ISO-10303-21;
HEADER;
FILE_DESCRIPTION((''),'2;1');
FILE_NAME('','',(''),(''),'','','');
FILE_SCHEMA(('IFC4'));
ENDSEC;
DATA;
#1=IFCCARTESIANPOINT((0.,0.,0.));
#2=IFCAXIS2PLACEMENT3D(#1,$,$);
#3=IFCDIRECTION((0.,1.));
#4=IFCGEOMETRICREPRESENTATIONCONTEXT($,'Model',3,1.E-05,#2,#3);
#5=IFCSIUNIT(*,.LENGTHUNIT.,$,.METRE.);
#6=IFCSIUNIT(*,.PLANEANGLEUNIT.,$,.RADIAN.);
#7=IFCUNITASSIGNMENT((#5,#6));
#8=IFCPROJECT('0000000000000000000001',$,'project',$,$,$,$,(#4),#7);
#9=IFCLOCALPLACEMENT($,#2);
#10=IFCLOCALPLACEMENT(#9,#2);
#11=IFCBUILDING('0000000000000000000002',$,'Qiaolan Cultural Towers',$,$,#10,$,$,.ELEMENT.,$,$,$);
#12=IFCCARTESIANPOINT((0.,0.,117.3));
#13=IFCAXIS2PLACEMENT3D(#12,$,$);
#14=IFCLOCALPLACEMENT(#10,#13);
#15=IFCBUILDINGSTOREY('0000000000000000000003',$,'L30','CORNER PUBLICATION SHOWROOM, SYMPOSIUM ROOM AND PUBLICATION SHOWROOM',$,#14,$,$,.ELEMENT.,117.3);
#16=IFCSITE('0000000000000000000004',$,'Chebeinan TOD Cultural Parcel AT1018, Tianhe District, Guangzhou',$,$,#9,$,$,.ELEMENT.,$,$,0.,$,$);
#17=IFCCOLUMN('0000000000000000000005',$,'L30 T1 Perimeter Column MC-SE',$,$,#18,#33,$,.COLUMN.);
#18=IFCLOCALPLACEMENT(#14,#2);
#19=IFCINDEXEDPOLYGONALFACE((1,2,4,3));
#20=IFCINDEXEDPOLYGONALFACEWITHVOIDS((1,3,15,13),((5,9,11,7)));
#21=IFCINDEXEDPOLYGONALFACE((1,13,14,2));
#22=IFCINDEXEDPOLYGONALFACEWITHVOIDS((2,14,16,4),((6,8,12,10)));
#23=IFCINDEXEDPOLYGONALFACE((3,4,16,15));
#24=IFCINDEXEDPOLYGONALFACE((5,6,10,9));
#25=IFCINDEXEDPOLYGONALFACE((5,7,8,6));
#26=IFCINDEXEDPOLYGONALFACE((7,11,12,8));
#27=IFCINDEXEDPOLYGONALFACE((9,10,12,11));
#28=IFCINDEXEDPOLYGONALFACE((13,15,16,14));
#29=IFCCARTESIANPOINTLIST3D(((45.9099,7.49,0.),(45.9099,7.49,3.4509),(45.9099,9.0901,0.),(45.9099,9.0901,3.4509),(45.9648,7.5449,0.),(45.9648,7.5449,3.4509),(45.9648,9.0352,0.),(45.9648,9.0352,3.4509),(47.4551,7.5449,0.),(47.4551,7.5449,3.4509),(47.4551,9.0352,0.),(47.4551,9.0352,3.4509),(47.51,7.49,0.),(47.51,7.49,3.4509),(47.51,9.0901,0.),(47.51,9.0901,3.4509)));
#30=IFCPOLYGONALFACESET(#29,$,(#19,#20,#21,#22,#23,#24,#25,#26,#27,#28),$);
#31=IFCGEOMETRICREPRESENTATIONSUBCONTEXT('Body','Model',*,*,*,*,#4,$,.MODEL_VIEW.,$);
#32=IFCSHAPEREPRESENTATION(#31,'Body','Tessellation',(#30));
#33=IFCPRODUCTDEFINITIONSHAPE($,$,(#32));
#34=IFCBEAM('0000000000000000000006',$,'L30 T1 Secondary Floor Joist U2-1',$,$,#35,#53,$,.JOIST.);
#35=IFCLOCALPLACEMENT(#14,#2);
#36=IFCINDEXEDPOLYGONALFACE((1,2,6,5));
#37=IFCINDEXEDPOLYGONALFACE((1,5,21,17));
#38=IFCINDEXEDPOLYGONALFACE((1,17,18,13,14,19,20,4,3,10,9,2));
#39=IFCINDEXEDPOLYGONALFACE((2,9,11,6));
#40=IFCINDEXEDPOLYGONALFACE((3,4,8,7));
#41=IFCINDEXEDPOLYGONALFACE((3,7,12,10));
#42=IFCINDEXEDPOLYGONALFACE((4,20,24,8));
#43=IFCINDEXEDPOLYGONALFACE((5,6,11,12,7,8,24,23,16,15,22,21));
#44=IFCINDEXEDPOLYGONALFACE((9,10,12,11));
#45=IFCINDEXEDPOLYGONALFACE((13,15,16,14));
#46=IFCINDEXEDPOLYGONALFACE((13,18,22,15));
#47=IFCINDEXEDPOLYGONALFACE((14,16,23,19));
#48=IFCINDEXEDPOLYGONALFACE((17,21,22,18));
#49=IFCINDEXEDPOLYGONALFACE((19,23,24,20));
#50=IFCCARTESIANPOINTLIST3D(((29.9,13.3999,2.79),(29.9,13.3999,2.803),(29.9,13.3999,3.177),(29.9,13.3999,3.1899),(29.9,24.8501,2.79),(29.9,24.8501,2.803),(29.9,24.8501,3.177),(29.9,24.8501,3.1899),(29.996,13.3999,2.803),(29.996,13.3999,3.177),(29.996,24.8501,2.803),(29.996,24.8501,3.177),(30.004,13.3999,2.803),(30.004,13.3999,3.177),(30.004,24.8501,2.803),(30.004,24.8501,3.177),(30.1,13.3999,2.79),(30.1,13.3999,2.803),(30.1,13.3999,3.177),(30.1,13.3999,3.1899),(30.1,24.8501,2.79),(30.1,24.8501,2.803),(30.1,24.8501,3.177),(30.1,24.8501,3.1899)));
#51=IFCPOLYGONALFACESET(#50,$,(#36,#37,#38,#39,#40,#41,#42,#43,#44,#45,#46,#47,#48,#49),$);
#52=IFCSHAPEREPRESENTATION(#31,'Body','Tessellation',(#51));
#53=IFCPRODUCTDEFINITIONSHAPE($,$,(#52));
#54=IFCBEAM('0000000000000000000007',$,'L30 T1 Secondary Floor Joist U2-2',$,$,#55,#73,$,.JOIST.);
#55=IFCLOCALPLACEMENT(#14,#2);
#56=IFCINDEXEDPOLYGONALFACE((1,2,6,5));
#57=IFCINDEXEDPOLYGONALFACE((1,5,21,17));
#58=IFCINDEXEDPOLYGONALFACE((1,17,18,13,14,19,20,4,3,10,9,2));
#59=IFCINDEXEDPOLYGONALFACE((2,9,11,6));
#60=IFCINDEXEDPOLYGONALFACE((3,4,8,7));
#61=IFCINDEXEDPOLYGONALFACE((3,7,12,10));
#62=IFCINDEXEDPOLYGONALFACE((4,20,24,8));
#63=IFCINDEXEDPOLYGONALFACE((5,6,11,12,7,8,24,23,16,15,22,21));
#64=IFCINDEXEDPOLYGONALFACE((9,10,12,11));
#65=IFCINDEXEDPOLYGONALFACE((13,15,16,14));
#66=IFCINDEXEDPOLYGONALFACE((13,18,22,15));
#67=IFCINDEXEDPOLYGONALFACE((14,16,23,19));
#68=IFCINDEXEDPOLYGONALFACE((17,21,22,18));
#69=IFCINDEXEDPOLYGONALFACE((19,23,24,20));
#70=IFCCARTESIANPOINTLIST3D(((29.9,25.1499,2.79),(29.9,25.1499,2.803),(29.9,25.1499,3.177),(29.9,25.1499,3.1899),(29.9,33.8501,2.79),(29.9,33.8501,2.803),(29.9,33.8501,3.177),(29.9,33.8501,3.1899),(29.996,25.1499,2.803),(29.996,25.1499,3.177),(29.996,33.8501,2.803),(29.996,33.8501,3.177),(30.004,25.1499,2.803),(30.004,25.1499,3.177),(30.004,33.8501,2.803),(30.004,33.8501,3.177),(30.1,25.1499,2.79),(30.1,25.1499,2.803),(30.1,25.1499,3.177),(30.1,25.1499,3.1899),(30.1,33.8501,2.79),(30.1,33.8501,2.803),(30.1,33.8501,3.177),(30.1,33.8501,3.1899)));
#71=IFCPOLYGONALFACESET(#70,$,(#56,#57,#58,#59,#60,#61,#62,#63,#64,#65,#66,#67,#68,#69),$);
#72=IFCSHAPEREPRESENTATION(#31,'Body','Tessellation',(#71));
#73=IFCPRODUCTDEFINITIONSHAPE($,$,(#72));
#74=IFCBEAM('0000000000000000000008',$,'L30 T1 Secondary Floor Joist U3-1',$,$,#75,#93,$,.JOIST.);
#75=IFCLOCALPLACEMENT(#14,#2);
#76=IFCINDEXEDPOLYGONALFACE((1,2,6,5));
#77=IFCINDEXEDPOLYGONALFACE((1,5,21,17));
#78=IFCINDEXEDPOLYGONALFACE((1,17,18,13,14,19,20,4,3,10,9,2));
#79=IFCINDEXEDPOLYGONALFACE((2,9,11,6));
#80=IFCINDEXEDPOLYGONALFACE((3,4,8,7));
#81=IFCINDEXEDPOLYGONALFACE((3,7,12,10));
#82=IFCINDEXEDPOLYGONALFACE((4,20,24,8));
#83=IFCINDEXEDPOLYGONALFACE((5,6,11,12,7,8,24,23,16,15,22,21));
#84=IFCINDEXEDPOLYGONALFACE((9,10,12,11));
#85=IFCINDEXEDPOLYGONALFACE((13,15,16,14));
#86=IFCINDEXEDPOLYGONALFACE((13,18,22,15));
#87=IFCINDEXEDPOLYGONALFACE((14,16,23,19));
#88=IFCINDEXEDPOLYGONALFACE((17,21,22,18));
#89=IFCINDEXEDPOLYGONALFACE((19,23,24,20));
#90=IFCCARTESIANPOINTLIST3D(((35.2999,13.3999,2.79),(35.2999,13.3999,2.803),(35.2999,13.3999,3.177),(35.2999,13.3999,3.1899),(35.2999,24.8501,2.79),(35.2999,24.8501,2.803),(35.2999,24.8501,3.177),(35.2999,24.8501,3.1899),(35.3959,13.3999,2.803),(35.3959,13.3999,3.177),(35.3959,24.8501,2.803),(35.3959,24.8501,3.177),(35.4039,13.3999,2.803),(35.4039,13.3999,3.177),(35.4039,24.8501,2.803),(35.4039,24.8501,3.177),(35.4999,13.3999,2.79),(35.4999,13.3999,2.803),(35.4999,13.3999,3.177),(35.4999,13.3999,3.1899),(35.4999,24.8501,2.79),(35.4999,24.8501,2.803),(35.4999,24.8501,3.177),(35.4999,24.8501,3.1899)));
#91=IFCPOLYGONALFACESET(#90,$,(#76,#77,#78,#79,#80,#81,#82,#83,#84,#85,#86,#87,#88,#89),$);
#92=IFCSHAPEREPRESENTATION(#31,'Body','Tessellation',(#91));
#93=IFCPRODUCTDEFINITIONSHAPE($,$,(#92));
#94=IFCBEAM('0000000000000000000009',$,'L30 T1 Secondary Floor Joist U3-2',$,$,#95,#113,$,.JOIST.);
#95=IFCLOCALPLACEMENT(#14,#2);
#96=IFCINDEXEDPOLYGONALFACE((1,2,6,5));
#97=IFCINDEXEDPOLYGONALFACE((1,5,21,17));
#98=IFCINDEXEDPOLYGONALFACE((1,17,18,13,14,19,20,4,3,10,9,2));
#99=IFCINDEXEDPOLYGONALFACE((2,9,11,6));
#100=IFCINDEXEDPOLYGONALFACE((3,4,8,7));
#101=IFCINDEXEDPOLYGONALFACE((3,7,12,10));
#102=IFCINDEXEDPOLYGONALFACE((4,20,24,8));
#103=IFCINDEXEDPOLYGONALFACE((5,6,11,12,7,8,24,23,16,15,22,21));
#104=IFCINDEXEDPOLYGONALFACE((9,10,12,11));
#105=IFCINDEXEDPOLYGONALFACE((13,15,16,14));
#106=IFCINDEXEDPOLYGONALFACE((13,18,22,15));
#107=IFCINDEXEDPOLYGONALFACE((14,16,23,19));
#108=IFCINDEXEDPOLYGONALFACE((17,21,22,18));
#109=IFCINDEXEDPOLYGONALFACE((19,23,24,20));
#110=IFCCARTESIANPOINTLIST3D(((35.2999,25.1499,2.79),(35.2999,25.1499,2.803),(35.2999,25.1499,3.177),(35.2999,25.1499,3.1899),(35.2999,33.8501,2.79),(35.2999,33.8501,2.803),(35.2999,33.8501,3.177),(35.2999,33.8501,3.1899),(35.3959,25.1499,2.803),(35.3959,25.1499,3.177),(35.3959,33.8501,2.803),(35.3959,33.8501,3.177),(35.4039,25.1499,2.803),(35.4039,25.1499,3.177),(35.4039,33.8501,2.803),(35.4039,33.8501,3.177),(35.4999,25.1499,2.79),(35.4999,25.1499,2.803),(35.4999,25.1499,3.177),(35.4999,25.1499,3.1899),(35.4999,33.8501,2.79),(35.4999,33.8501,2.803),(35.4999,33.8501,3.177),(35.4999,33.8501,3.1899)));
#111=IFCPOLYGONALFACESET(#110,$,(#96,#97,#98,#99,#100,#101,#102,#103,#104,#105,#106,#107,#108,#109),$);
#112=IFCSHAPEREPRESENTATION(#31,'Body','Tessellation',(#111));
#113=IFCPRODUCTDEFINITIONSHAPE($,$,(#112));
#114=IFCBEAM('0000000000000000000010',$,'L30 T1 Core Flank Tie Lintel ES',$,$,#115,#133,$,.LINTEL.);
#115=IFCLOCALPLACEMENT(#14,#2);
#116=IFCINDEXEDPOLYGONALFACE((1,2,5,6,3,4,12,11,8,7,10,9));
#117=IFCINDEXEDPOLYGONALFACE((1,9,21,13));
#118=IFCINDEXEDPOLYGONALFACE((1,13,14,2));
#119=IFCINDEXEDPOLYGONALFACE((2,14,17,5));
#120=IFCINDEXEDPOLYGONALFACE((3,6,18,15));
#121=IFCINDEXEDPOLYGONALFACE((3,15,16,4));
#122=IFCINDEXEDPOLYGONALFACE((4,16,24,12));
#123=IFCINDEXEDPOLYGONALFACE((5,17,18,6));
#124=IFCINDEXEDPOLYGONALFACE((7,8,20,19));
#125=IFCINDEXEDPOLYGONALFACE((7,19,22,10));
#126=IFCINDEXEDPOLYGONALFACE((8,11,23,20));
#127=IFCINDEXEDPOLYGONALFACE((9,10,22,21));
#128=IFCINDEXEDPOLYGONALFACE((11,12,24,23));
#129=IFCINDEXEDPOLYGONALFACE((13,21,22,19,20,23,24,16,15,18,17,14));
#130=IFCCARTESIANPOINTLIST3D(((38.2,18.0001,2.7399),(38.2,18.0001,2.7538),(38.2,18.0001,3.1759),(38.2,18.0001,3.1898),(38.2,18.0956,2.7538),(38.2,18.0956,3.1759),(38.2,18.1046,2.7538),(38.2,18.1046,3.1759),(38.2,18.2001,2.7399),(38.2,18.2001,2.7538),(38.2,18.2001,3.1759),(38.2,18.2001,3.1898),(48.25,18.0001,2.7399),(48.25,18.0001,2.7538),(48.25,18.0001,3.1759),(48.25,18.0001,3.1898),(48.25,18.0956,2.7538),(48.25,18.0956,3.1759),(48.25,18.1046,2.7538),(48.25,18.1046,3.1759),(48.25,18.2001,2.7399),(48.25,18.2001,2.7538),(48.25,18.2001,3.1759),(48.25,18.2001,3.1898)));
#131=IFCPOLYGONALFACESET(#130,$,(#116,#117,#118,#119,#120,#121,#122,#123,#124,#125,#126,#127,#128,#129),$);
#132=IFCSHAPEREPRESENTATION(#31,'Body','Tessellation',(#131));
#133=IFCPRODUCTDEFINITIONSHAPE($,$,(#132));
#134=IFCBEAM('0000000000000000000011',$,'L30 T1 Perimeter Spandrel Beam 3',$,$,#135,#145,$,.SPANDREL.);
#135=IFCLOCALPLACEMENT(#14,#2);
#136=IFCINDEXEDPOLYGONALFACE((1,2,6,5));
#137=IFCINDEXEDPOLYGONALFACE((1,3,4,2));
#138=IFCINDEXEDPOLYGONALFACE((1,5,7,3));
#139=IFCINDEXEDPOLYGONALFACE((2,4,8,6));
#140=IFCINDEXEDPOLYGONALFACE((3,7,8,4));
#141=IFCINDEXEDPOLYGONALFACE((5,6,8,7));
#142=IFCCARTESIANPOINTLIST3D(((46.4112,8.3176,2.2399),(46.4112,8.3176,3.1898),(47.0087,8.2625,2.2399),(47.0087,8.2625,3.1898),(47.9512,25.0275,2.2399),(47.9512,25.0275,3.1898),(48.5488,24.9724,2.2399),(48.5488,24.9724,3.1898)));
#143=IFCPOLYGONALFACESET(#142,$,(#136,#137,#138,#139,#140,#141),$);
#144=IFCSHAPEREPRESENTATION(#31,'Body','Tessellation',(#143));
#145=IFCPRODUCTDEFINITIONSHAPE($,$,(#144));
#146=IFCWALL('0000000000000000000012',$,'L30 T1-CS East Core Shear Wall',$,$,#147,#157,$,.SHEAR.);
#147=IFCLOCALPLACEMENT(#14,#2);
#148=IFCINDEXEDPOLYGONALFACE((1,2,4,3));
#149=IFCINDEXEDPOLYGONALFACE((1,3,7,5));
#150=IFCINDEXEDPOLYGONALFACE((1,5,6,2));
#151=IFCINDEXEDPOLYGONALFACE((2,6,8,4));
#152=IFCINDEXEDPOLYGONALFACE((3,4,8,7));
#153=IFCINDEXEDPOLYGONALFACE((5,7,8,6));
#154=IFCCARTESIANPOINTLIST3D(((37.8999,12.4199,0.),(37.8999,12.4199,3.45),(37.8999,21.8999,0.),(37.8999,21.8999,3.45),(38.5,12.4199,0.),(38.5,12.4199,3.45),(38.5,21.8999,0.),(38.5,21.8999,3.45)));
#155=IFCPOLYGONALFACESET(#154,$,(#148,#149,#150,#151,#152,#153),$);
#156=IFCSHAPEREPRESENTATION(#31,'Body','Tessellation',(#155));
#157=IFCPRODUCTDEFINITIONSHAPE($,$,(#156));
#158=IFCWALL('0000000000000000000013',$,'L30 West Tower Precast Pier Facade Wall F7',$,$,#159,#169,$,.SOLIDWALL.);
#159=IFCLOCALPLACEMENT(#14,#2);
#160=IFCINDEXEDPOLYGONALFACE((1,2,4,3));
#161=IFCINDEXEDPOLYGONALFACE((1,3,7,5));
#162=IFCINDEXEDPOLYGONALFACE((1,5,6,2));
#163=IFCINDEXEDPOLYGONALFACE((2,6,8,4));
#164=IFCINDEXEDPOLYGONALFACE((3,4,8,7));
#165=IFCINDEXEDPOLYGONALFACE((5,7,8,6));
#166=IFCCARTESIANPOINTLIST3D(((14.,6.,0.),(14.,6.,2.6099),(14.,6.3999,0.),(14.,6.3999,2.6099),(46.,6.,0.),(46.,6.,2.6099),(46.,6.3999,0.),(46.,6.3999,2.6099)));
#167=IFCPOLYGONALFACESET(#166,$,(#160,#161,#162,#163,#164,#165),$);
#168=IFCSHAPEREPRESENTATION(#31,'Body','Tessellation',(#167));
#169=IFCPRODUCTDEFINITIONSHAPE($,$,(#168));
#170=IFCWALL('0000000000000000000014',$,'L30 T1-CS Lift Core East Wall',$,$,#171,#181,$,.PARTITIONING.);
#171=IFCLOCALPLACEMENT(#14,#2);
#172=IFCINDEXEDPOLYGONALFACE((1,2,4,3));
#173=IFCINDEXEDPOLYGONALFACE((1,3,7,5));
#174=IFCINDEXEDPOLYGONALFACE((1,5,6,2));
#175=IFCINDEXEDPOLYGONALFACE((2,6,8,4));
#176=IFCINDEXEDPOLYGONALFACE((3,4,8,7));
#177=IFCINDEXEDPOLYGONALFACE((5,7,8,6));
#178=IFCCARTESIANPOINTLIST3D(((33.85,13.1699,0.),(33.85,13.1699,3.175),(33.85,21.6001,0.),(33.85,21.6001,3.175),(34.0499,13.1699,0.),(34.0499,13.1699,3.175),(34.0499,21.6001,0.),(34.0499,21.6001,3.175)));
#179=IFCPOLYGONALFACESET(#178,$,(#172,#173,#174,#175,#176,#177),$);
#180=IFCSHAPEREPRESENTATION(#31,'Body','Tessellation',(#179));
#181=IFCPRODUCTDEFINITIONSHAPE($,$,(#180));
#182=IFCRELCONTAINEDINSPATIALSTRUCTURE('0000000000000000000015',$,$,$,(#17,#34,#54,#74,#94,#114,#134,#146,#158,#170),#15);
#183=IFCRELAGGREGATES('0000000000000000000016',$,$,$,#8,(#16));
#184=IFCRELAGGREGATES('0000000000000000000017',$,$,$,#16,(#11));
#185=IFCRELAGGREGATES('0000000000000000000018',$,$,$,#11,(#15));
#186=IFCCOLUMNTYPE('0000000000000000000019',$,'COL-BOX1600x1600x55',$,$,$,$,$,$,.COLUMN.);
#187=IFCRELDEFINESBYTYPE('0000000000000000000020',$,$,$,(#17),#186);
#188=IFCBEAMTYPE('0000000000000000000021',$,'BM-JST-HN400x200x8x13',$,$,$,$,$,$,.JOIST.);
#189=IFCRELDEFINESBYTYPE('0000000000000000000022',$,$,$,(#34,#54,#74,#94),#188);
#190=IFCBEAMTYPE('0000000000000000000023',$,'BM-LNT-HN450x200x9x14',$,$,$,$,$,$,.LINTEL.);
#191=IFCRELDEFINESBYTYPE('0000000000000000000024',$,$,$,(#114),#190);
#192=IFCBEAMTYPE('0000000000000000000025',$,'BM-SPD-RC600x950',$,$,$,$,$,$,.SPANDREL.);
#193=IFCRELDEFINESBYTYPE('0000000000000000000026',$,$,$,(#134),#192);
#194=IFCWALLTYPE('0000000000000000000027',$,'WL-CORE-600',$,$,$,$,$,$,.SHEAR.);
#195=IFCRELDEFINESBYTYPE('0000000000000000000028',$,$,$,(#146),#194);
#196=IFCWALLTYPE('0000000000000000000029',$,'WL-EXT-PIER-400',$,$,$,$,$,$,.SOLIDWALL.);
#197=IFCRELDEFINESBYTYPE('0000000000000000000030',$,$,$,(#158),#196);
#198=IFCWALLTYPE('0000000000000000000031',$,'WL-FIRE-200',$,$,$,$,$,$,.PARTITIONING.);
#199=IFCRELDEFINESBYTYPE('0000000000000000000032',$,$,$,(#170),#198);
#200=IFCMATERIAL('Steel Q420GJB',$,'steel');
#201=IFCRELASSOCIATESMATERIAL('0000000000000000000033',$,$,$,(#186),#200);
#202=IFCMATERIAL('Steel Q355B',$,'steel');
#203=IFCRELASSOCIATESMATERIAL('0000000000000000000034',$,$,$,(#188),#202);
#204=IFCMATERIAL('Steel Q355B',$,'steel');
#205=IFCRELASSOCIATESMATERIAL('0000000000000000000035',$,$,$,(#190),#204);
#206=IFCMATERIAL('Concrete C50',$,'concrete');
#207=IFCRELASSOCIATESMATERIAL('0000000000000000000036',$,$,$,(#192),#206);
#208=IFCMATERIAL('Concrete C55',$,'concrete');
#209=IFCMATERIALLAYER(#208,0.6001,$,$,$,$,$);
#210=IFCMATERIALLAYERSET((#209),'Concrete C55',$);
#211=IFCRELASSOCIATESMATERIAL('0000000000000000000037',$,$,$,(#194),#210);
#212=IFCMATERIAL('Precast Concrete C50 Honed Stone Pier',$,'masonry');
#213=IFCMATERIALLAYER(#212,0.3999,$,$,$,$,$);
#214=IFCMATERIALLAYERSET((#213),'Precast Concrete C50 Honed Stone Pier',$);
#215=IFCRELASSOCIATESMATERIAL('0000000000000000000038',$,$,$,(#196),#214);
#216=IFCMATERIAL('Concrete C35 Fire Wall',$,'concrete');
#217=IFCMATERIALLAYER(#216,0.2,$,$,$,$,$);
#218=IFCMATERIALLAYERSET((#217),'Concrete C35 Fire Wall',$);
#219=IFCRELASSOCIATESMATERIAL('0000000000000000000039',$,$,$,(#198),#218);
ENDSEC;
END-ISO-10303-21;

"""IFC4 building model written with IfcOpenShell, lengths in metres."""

from ifc_helpers import new_model, si_unit, direction, frame, frame_2d, origin, origin_2d, place, context, subcontext, project, spatial, rectangle, hollow_rectangle, i_section, extrude, material, layer, layer_set, material_profile, profile_set, type_object, element, save


model = new_model("IFC4")

# Units and contexts
model_context = context("Model", 3, precision=1e-05, world=origin(), true_north=direction((0.0, 1.0)))
body_context = subcontext(model_context, "Body", "Model", "MODEL_VIEW")
ifc_project = project(units=[si_unit("LENGTHUNIT", "METRE"), si_unit("PLANEANGLEUNIT", "RADIAN")], contexts=[model_context])

# Site, building, storey
site_placement = place(None, origin())
site = spatial("IfcSite", under=ifc_project, at=site_placement, Name="Chebeinan TOD Cultural Parcel AT1018, Tianhe District, Guangzhou", CompositionType="ELEMENT", RefElevation=0.0)
building_placement = place(site_placement, origin())
building = spatial("IfcBuilding", under=site, at=building_placement, Name="Qiaolan Cultural Towers", CompositionType="ELEMENT")
storey_placement = place(building_placement, frame((0.0, 0.0, 117.3)))
storey = spatial("IfcBuildingStorey", under=building, at=storey_placement, Name="L30", Description="CORNER PUBLICATION SHOWROOM, SYMPOSIUM ROOM AND PUBLICATION SHOWROOM", CompositionType="ELEMENT", Elevation=117.3)

# Column
ifc_material_1 = material(Name="Steel Q420GJB", Category="steel")
ifc_material_profile_1 = material_profile(ifc_material_1, hollow_rectangle(XDim=1.6001, YDim=1.6001, WallThickness=0.0549, at=origin_2d()), Name="BOX1600x1600x55")
ifc_profile_set_1 = profile_set([ifc_material_profile_1], Name="Steel Q420GJB")
column_type = type_object("IfcColumnType", Name="COL-BOX1600x1600x55", PredefinedType="COLUMN", material=ifc_profile_set_1)
column_placement = place(storey_placement, frame((46.71, 8.29, 0.0), z_axis=(0.0, 0.0, 1.0), x_axis=(1.0, 0.0, 0.0)))
element("IfcColumn", 1, at=column_placement, inside=storey, type_object=column_type, Name="L30 T1 Perimeter Column MC-SE", PredefinedType="COLUMN", context=body_context, shape_type="SweptSolid", body=[
    extrude(hollow_rectangle(XDim=1.6001, YDim=1.6001, WallThickness=0.0549, at=origin_2d()), origin(), (0.0, 0.0, 1.0), 3.4509),
])

# Beams
ifc_material_2 = material(Name="Steel Q355B", Category="steel")
ifc_material_profile_2 = material_profile(ifc_material_2, i_section(OverallWidth=0.2, OverallDepth=0.3999, WebThickness=0.0081, FlangeThickness=0.0129, at=origin_2d()), Name="HN400x200x8x13")
ifc_profile_set_2 = profile_set([ifc_material_profile_2], Name="Steel Q355B")
beam_type_1 = type_object("IfcBeamType", Name="BM-JST-HN400x200x8x13", PredefinedType="JOIST", material=ifc_profile_set_2)
beam_1_placement = place(storey_placement, frame((30.0, 13.3999, 2.99), z_axis=(0.0, 1.0, 0.0), x_axis=(-1.0, 0.0, 0.0)))
element("IfcBeam", 2, at=beam_1_placement, inside=storey, type_object=beam_type_1, Name="L30 T1 Secondary Floor Joist U2-1", PredefinedType="JOIST", context=body_context, shape_type="SweptSolid", body=[
    extrude(i_section(OverallWidth=0.2, OverallDepth=0.3999, WebThickness=0.0081, FlangeThickness=0.0129, at=origin_2d()), origin(), (0.0, 0.0, 1.0), 11.4502),
])
beam_2_placement = place(storey_placement, frame((30.0, 25.1499, 2.99), z_axis=(0.0, 1.0, 0.0), x_axis=(-1.0, 0.0, 0.0)))
element("IfcBeam", 3, at=beam_2_placement, inside=storey, type_object=beam_type_1, Name="L30 T1 Secondary Floor Joist U2-2", PredefinedType="JOIST", context=body_context, shape_type="SweptSolid", body=[
    extrude(i_section(OverallWidth=0.2, OverallDepth=0.3999, WebThickness=0.0081, FlangeThickness=0.0129, at=origin_2d()), origin(), (0.0, 0.0, 1.0), 8.7002),
])
beam_3_placement = place(storey_placement, frame((35.3999, 13.3999, 2.99), z_axis=(0.0, 1.0, 0.0), x_axis=(-1.0, 0.0, 0.0)))
element("IfcBeam", 4, at=beam_3_placement, inside=storey, type_object=beam_type_1, Name="L30 T1 Secondary Floor Joist U3-1", PredefinedType="JOIST", context=body_context, shape_type="SweptSolid", body=[
    extrude(i_section(OverallWidth=0.2, OverallDepth=0.3999, WebThickness=0.0081, FlangeThickness=0.0129, at=origin_2d()), origin(), (0.0, 0.0, 1.0), 11.4502),
])
beam_4_placement = place(storey_placement, frame((35.3999, 25.1499, 2.99), z_axis=(0.0, 1.0, 0.0), x_axis=(-1.0, 0.0, 0.0)))
element("IfcBeam", 5, at=beam_4_placement, inside=storey, type_object=beam_type_1, Name="L30 T1 Secondary Floor Joist U3-2", PredefinedType="JOIST", context=body_context, shape_type="SweptSolid", body=[
    extrude(i_section(OverallWidth=0.2, OverallDepth=0.3999, WebThickness=0.0081, FlangeThickness=0.0129, at=origin_2d()), origin(), (0.0, 0.0, 1.0), 8.7002),
])
ifc_material_3 = material(Name="Steel Q355B", Category="steel")
ifc_material_profile_3 = material_profile(ifc_material_3, i_section(OverallWidth=0.2, OverallDepth=0.45, WebThickness=0.009, FlangeThickness=0.0139, at=origin_2d()), Name="HN450x200x9x14")
ifc_profile_set_3 = profile_set([ifc_material_profile_3], Name="Steel Q355B")
beam_type_2 = type_object("IfcBeamType", Name="BM-LNT-HN450x200x9x14", PredefinedType="LINTEL", material=ifc_profile_set_3)
beam_5_placement = place(storey_placement, frame((38.2, 18.1001, 2.9648), z_axis=(1.0, 0.0, 0.0), x_axis=(0.0, 1.0, 0.0)))
element("IfcBeam", 6, at=beam_5_placement, inside=storey, type_object=beam_type_2, Name="L30 T1 Core Flank Tie Lintel ES", PredefinedType="LINTEL", context=body_context, shape_type="SweptSolid", body=[
    extrude(i_section(OverallWidth=0.2, OverallDepth=0.45, WebThickness=0.009, FlangeThickness=0.0139, at=origin_2d()), origin(), (0.0, 0.0, 1.0), 10.05),
])
ifc_material_4 = material(Name="Concrete C50", Category="concrete")
ifc_material_profile_4 = material_profile(ifc_material_4, rectangle(XDim=0.6001, YDim=0.95, at=origin_2d()), Name="RC600x950")
ifc_profile_set_4 = profile_set([ifc_material_profile_4], Name="Concrete C50")
beam_type_3 = type_object("IfcBeamType", Name="BM-SPD-RC600x950", PredefinedType="SPANDREL", material=ifc_profile_set_4)
beam_6_placement = place(storey_placement, frame((46.71, 8.29, 2.7148), z_axis=(0.091774, 0.99578, 0.0), x_axis=(-0.99578, 0.091774, 0.0)))
element("IfcBeam", 7, at=beam_6_placement, inside=storey, type_object=beam_type_3, Name="L30 T1 Perimeter Spandrel Beam 3", PredefinedType="SPANDREL", context=body_context, shape_type="SweptSolid", body=[
    extrude(rectangle(XDim=0.6001, YDim=0.95, at=origin_2d()), origin(), (0.0, 0.0, 1.0), 16.7808),
])

# Walls
ifc_material_5 = material(Name="Concrete C55", Category="concrete")
ifc_layer_1 = layer(ifc_material_5, 0.6001)
ifc_layer_set_1 = layer_set([ifc_layer_1], Name="Concrete C55")
wall_type_1 = type_object("IfcWallType", Name="WL-CORE-600", PredefinedType="SHEAR", material=ifc_layer_set_1)
wall_1_placement = place(storey_placement, frame((38.2, 21.8999, 0.0), z_axis=(0.0, 0.0, 1.0), x_axis=(0.0, -1.0, 0.0)))
element("IfcWall", 8, at=wall_1_placement, inside=storey, type_object=wall_type_1, Name="L30 T1-CS East Core Shear Wall", PredefinedType="SHEAR", context=body_context, shape_type="SweptSolid", body=[
    extrude(rectangle(XDim=9.48, YDim=0.6001, at=frame_2d((4.74, 0.0))), origin(), (0.0, 0.0, 1.0), 3.45),
])
ifc_material_6 = material(Name="Precast Concrete C50 Honed Stone Pier", Category="masonry")
ifc_layer_2 = layer(ifc_material_6, 0.3999)
ifc_layer_set_2 = layer_set([ifc_layer_2], Name="Precast Concrete C50 Honed Stone Pier")
wall_type_2 = type_object("IfcWallType", Name="WL-EXT-PIER-400", PredefinedType="SOLIDWALL", material=ifc_layer_set_2)
wall_2_placement = place(storey_placement, frame((46.0, 6.2, 0.0), z_axis=(0.0, 0.0, 1.0), x_axis=(-1.0, 0.0, 0.0)))
element("IfcWall", 9, at=wall_2_placement, inside=storey, type_object=wall_type_2, Name="L30 West Tower Precast Pier Facade Wall F7", PredefinedType="SOLIDWALL", context=body_context, shape_type="SweptSolid", body=[
    extrude(rectangle(XDim=32.0, YDim=0.3999, at=frame_2d((16.0, 0.0))), origin(), (0.0, 0.0, 1.0), 2.6099),
])
ifc_material_7 = material(Name="Concrete C35 Fire Wall", Category="concrete")
ifc_layer_3 = layer(ifc_material_7, 0.2)
ifc_layer_set_3 = layer_set([ifc_layer_3], Name="Concrete C35 Fire Wall")
wall_type_3 = type_object("IfcWallType", Name="WL-FIRE-200", PredefinedType="PARTITIONING", material=ifc_layer_set_3)
wall_3_placement = place(storey_placement, frame((33.95, 21.6001, 0.0), z_axis=(0.0, 0.0, 1.0), x_axis=(0.0, -1.0, 0.0)))
element("IfcWall", 10, at=wall_3_placement, inside=storey, type_object=wall_type_3, Name="L30 T1-CS Lift Core East Wall", PredefinedType="PARTITIONING", context=body_context, shape_type="SweptSolid", body=[
    extrude(rectangle(XDim=8.4302, YDim=0.2, at=frame_2d((4.2151, 0.0))), origin(), (0.0, 0.0, 1.0), 3.175),
])

save(model, "model.ifc")
